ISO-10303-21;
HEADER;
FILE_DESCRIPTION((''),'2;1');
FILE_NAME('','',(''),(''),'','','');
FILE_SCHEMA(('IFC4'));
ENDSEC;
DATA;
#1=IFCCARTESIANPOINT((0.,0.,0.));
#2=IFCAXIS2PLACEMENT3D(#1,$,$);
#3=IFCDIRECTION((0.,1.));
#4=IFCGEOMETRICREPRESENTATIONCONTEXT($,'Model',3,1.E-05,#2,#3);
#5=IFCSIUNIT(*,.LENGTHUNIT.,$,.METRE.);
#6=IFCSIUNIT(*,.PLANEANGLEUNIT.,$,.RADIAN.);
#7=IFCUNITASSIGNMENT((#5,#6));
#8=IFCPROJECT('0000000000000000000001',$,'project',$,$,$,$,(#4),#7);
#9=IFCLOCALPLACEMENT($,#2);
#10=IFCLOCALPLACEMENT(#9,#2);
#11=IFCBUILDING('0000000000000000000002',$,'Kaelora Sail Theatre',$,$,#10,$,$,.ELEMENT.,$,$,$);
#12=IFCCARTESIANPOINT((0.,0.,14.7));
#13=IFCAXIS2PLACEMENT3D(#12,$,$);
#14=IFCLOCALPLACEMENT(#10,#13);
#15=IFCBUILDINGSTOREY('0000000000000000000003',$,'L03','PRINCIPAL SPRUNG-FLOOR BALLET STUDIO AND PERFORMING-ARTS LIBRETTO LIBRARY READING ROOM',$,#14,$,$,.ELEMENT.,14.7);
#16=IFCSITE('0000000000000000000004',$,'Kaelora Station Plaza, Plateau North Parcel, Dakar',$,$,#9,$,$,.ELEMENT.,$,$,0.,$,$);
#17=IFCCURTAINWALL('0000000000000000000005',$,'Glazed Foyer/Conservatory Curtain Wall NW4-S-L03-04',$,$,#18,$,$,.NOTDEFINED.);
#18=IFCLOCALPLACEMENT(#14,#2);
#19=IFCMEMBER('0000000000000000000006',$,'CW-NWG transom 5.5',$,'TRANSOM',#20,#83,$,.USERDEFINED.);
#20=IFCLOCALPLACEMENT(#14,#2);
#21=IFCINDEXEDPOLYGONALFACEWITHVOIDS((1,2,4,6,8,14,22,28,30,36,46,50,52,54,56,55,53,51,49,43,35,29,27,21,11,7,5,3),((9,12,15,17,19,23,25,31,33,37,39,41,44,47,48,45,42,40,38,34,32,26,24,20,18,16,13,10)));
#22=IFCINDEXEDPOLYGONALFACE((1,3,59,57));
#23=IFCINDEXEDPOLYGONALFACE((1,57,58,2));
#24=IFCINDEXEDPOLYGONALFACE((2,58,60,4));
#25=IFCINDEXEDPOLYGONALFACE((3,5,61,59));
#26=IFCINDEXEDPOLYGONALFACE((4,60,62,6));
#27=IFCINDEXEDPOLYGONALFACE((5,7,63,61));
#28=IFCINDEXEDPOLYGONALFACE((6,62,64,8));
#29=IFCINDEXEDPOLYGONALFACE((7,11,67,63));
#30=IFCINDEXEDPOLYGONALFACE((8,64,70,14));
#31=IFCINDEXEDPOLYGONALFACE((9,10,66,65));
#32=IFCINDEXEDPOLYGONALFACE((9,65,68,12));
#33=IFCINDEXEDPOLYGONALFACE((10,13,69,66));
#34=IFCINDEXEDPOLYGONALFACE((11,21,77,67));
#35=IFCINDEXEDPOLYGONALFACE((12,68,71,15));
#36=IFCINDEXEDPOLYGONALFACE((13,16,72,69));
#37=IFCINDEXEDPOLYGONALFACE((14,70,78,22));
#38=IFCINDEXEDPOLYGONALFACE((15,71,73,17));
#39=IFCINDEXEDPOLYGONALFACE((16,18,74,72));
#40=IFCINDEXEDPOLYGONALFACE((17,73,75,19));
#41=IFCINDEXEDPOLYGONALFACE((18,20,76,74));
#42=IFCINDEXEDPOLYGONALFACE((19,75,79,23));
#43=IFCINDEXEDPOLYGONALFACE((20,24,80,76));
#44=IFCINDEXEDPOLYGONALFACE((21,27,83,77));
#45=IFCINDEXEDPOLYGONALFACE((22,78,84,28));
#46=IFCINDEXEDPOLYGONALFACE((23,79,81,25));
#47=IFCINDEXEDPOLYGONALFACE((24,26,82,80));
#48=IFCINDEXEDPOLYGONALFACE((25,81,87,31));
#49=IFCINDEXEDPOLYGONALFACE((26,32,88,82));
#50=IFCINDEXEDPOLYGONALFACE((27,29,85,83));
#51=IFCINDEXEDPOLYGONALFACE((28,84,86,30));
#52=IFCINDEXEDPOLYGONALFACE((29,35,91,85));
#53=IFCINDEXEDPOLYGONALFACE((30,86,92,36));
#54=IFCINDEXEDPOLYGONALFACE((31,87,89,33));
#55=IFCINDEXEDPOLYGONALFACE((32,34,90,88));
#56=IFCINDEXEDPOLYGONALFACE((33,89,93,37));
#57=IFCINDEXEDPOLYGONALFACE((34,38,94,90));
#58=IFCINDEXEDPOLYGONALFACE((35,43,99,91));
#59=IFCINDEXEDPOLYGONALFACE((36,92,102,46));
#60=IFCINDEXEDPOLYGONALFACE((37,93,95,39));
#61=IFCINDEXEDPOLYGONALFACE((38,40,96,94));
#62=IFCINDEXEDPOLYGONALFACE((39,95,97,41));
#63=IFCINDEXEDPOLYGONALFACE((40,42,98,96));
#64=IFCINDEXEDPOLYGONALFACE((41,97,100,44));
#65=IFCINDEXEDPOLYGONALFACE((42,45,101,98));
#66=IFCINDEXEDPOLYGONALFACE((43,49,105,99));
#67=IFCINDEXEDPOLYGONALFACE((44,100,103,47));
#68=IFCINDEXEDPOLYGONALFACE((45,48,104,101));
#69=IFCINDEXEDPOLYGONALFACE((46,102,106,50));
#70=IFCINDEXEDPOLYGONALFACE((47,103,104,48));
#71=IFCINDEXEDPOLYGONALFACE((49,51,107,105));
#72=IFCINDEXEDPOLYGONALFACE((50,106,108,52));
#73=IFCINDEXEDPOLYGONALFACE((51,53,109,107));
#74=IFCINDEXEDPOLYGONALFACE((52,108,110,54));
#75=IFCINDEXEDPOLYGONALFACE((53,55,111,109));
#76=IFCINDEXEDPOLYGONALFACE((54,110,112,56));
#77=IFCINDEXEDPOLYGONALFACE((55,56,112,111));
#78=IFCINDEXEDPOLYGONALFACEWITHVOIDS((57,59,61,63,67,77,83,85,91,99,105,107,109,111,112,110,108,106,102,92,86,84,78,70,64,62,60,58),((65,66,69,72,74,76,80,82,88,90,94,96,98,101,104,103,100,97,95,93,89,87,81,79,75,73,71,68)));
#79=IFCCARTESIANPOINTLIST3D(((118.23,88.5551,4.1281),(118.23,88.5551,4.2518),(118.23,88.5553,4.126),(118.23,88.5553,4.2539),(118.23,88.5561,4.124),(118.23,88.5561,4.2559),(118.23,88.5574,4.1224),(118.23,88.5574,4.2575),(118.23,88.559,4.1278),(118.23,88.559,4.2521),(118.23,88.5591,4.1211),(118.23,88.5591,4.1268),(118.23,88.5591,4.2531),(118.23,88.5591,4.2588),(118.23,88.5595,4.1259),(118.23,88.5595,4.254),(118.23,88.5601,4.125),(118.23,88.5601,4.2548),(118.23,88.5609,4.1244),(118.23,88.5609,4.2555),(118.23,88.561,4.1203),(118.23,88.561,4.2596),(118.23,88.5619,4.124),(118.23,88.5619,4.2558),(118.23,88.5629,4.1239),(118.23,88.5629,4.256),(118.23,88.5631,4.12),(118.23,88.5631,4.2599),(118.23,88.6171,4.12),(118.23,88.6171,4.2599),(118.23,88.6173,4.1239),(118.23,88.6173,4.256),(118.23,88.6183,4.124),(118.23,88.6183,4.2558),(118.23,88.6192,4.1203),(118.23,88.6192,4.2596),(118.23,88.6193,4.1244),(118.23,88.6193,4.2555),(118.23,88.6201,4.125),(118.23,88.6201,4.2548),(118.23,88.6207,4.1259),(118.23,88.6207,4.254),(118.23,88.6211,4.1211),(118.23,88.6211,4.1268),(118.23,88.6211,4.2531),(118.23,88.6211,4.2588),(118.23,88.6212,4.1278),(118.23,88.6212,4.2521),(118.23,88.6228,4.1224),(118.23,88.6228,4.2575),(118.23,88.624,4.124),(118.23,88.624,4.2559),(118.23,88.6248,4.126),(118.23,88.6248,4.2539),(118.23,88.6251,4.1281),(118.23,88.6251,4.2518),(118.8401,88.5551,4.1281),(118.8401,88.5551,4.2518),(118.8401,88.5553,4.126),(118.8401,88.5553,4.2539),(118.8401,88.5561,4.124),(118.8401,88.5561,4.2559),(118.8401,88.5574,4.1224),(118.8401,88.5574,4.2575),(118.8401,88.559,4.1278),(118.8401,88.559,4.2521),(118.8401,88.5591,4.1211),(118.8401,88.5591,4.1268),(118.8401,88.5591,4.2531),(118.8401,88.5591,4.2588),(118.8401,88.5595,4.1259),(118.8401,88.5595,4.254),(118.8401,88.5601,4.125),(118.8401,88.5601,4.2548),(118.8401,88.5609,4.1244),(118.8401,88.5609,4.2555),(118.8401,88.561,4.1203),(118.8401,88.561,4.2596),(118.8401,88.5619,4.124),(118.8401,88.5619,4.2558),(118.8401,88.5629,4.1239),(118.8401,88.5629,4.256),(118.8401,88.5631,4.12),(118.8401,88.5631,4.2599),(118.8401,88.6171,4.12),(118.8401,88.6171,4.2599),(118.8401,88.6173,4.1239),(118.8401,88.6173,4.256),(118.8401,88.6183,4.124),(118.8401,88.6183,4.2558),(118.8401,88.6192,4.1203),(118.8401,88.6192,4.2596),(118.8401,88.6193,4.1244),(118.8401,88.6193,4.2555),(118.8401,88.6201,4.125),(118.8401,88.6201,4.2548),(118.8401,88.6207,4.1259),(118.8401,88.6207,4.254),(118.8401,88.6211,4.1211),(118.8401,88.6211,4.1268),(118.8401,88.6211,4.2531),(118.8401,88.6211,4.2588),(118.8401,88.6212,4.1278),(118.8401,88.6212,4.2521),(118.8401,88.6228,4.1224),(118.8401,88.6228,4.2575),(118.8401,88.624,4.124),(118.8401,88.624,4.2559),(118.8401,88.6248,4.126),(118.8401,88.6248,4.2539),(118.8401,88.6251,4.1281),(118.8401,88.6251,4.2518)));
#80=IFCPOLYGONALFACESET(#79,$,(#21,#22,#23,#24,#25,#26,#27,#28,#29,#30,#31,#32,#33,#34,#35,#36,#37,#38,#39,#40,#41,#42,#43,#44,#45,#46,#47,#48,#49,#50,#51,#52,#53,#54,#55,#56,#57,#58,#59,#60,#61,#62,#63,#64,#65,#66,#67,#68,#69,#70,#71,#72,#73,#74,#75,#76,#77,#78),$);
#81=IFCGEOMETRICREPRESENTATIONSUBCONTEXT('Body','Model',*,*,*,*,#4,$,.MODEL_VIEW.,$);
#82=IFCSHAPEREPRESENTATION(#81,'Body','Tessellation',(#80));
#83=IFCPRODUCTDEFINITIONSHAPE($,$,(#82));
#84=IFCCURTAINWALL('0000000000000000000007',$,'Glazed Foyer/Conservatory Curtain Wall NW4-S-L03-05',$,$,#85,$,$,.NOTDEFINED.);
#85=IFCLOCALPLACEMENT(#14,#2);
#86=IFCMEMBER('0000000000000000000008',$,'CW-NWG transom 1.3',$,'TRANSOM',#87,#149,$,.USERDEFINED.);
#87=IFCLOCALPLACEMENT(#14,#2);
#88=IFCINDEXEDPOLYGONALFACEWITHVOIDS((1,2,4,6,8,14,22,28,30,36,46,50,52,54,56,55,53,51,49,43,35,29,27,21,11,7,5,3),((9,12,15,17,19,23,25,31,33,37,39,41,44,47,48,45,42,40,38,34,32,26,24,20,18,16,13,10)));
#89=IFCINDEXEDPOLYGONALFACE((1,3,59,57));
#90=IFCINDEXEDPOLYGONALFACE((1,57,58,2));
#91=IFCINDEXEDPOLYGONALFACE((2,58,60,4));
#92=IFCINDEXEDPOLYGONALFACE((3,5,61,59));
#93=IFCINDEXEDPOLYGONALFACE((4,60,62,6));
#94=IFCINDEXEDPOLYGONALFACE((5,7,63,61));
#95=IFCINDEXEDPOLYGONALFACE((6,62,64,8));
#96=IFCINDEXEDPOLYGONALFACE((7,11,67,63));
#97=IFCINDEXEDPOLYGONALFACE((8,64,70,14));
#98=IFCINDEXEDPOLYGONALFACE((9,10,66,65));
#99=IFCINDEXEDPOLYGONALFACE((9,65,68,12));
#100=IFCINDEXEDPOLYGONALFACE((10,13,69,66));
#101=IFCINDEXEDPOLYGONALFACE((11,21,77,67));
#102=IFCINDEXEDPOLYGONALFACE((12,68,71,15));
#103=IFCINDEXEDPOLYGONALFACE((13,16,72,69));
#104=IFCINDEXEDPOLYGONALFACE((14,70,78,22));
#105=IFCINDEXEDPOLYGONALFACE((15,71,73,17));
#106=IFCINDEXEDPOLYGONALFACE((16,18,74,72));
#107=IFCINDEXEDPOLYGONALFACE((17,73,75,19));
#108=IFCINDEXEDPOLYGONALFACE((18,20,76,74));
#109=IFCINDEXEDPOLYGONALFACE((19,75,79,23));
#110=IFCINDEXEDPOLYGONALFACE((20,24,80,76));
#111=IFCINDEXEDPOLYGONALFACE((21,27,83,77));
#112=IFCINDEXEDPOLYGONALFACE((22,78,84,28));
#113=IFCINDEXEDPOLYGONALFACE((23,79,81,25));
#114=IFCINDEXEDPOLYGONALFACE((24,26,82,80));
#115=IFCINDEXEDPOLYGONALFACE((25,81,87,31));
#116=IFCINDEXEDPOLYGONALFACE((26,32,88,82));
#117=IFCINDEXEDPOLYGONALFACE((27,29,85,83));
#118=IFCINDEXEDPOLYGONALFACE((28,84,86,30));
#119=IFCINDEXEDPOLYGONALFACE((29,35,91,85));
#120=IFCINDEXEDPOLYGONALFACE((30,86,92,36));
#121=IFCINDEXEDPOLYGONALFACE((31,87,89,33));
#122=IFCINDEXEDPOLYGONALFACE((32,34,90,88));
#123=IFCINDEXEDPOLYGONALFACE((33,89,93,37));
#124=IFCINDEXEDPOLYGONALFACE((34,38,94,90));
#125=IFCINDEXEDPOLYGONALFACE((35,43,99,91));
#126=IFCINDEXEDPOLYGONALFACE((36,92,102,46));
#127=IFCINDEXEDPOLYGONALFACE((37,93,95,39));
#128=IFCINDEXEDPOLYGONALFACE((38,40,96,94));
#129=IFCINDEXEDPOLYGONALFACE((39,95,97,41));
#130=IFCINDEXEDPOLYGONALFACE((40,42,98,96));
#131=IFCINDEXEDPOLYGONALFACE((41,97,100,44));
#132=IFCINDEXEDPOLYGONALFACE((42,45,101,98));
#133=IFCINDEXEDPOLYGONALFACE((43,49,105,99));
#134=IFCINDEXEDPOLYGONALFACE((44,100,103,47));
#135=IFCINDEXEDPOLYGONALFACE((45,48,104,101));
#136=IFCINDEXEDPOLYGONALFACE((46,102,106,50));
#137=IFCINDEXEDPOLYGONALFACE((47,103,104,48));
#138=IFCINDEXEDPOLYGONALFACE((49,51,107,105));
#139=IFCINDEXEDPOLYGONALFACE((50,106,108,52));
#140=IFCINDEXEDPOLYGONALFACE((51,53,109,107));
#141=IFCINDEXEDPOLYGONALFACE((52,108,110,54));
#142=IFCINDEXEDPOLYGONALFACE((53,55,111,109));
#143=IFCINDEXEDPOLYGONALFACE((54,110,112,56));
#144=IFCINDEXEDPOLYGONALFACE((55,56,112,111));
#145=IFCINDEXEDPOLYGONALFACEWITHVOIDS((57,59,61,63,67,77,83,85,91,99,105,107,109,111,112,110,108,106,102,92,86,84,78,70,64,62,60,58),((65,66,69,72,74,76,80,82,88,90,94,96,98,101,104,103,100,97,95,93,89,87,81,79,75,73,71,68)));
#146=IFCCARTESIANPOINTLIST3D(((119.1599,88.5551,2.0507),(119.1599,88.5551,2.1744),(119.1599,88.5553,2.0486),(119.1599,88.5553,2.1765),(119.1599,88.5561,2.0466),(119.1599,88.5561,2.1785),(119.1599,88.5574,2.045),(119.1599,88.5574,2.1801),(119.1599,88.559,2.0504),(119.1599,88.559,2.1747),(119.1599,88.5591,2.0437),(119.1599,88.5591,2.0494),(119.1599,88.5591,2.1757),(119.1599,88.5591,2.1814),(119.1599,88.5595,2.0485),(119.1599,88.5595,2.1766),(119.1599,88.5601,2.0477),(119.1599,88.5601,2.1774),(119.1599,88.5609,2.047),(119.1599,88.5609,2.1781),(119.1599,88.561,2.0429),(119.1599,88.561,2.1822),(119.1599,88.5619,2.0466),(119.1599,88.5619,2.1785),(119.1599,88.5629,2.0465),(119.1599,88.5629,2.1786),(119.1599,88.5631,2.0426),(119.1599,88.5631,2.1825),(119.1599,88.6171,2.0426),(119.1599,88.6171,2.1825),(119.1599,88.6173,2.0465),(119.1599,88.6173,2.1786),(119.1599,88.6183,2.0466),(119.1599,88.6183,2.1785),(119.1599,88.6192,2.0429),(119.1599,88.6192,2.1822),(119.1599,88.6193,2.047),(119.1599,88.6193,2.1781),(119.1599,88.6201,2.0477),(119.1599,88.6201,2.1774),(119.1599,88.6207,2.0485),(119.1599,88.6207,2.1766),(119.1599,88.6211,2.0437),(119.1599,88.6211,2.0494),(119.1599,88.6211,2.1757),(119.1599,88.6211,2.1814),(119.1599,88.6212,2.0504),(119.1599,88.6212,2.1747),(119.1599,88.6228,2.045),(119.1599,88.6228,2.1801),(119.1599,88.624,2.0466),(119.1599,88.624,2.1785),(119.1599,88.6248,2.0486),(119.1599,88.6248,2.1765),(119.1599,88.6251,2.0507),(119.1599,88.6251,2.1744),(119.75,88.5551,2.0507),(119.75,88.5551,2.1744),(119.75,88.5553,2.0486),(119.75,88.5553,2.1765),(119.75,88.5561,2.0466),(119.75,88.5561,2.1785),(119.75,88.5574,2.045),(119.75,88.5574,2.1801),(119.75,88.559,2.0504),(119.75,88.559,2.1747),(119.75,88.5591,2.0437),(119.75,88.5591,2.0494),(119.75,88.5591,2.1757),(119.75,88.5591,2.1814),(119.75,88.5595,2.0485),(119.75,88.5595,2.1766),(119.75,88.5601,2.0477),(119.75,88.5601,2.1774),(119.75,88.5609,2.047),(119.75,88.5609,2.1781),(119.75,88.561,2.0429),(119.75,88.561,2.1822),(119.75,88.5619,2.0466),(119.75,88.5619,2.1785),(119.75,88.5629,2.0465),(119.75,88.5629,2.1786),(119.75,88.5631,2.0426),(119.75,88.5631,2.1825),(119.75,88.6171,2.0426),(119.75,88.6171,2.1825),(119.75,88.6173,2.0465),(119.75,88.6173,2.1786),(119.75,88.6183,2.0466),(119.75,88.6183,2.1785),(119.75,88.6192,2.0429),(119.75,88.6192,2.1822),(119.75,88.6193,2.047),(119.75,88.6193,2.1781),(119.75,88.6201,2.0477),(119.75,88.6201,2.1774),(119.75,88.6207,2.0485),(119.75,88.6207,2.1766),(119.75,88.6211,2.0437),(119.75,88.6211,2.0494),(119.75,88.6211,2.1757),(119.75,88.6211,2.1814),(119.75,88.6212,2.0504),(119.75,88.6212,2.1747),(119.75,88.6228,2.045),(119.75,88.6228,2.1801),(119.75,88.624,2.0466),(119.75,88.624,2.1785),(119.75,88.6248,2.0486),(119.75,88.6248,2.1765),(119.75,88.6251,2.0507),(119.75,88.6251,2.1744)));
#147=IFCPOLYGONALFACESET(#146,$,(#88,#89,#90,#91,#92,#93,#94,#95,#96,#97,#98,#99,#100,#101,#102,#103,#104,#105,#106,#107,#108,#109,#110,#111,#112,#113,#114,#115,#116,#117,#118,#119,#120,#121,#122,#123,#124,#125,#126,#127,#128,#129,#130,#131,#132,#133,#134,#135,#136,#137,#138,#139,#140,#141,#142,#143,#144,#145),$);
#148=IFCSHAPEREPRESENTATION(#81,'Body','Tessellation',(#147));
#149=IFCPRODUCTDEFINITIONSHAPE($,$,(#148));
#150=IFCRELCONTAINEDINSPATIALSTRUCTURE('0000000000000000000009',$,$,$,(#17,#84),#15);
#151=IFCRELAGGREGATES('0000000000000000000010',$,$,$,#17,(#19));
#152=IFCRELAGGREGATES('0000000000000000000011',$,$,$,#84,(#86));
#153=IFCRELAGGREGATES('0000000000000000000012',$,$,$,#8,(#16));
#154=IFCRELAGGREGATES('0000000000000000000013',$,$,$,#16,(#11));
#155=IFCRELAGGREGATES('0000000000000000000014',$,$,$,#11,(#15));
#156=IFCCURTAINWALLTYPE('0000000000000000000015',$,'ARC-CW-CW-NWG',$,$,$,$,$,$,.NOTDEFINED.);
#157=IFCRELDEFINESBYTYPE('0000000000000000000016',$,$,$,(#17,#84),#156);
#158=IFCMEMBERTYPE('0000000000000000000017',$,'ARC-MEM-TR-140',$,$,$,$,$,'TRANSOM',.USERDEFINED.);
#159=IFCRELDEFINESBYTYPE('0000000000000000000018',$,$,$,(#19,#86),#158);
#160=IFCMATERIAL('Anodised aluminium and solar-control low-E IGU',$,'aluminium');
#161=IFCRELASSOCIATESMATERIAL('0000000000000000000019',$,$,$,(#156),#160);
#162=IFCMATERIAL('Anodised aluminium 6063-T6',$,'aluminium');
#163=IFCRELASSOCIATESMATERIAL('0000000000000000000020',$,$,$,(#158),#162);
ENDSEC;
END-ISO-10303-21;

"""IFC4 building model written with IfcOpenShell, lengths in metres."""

from ifc_helpers import new_model, si_unit, direction, frame, origin, origin_2d, place, context, subcontext, project, spatial, hollow_rectangle, extrude, material, material_profile, profile_set, type_object, element, aggregate, save


model = new_model("IFC4")

# Units and contexts
model_context = context("Model", 3, precision=1e-05, world=origin(), true_north=direction((0.0, 1.0)))
body_context = subcontext(model_context, "Body", "Model", "MODEL_VIEW")
ifc_project = project(units=[si_unit("LENGTHUNIT", "METRE"), si_unit("PLANEANGLEUNIT", "RADIAN")], contexts=[model_context])

# Site, building, storey
site_placement = place(None, origin())
site = spatial("IfcSite", under=ifc_project, at=site_placement, Name="Kaelora Station Plaza, Plateau North Parcel, Dakar", CompositionType="ELEMENT", RefElevation=0.0)
building_placement = place(site_placement, origin())
building = spatial("IfcBuilding", under=site, at=building_placement, Name="Kaelora Sail Theatre", CompositionType="ELEMENT")
storey_placement = place(building_placement, frame((0.0, 0.0, 14.7)))
storey = spatial("IfcBuildingStorey", under=building, at=storey_placement, Name="L03", Description="PRINCIPAL SPRUNG-FLOOR BALLET STUDIO AND PERFORMING-ARTS LIBRETTO LIBRARY READING ROOM", CompositionType="ELEMENT", Elevation=14.7)

# Curtain walls, members
ifc_material_1 = material(Name="Anodised aluminium and solar-control low-E IGU", Category="aluminium")
curtain_wall_type = type_object("IfcCurtainWallType", Name="ARC-CW-CW-NWG", PredefinedType="NOTDEFINED", material=ifc_material_1)
curtain_wall_1_placement = place(storey_placement, origin())
curtain_wall_1 = element("IfcCurtainWall", 1, at=curtain_wall_1_placement, inside=storey, type_object=curtain_wall_type, Name="Glazed Foyer/Conservatory Curtain Wall NW4-S-L03-04", PredefinedType="NOTDEFINED")
ifc_material_2 = material(Name="Anodised aluminium 6063-T6", Category="aluminium")
ifc_material_profile = material_profile(ifc_material_2, hollow_rectangle(XDim=0.0701, YDim=0.1399, WallThickness=0.0039, InnerFilletRadius=0.0039, OuterFilletRadius=0.0081, at=origin_2d()), Name="ALU-TRAN 70x140x4")
ifc_profile_set = profile_set([ifc_material_profile], Name="Anodised aluminium 6063-T6")
member_type = type_object("IfcMemberType", Name="ARC-MEM-TR-140", ElementType="TRANSOM", PredefinedType="USERDEFINED", material=ifc_profile_set)
member_1_placement = place(storey_placement, frame((118.23, 88.5901, 4.1899), z_axis=(1.0, 0.0, 0.0), x_axis=(0.0, 1.0, 0.0)))
member_1 = element("IfcMember", 2, at=member_1_placement, type_object=member_type, Name="CW-NWG transom 5.5", ObjectType="TRANSOM", PredefinedType="USERDEFINED", context=body_context, shape_type="SweptSolid", body=[
    extrude(hollow_rectangle(XDim=0.0701, YDim=0.1399, WallThickness=0.0039, InnerFilletRadius=0.0039, OuterFilletRadius=0.0081, at=origin_2d()), origin(), (0.0, 0.0, 1.0), 0.6101),
])
curtain_wall_2_placement = place(storey_placement, origin())
curtain_wall_2 = element("IfcCurtainWall", 3, at=curtain_wall_2_placement, inside=storey, type_object=curtain_wall_type, Name="Glazed Foyer/Conservatory Curtain Wall NW4-S-L03-05", PredefinedType="NOTDEFINED")
member_2_placement = place(storey_placement, frame((119.1599, 88.5901, 2.1125), z_axis=(1.0, 0.0, 0.0), x_axis=(0.0, 1.0, 0.0)))
member_2 = element("IfcMember", 4, at=member_2_placement, type_object=member_type, Name="CW-NWG transom 1.3", ObjectType="TRANSOM", PredefinedType="USERDEFINED", context=body_context, shape_type="SweptSolid", body=[
    extrude(hollow_rectangle(XDim=0.0701, YDim=0.1399, WallThickness=0.0039, InnerFilletRadius=0.0039, OuterFilletRadius=0.0081, at=origin_2d()), origin(), (0.0, 0.0, 1.0), 0.5901),
])

aggregate(curtain_wall_1, [member_1])
aggregate(curtain_wall_2, [member_2])

save(model, "model.ifc")
